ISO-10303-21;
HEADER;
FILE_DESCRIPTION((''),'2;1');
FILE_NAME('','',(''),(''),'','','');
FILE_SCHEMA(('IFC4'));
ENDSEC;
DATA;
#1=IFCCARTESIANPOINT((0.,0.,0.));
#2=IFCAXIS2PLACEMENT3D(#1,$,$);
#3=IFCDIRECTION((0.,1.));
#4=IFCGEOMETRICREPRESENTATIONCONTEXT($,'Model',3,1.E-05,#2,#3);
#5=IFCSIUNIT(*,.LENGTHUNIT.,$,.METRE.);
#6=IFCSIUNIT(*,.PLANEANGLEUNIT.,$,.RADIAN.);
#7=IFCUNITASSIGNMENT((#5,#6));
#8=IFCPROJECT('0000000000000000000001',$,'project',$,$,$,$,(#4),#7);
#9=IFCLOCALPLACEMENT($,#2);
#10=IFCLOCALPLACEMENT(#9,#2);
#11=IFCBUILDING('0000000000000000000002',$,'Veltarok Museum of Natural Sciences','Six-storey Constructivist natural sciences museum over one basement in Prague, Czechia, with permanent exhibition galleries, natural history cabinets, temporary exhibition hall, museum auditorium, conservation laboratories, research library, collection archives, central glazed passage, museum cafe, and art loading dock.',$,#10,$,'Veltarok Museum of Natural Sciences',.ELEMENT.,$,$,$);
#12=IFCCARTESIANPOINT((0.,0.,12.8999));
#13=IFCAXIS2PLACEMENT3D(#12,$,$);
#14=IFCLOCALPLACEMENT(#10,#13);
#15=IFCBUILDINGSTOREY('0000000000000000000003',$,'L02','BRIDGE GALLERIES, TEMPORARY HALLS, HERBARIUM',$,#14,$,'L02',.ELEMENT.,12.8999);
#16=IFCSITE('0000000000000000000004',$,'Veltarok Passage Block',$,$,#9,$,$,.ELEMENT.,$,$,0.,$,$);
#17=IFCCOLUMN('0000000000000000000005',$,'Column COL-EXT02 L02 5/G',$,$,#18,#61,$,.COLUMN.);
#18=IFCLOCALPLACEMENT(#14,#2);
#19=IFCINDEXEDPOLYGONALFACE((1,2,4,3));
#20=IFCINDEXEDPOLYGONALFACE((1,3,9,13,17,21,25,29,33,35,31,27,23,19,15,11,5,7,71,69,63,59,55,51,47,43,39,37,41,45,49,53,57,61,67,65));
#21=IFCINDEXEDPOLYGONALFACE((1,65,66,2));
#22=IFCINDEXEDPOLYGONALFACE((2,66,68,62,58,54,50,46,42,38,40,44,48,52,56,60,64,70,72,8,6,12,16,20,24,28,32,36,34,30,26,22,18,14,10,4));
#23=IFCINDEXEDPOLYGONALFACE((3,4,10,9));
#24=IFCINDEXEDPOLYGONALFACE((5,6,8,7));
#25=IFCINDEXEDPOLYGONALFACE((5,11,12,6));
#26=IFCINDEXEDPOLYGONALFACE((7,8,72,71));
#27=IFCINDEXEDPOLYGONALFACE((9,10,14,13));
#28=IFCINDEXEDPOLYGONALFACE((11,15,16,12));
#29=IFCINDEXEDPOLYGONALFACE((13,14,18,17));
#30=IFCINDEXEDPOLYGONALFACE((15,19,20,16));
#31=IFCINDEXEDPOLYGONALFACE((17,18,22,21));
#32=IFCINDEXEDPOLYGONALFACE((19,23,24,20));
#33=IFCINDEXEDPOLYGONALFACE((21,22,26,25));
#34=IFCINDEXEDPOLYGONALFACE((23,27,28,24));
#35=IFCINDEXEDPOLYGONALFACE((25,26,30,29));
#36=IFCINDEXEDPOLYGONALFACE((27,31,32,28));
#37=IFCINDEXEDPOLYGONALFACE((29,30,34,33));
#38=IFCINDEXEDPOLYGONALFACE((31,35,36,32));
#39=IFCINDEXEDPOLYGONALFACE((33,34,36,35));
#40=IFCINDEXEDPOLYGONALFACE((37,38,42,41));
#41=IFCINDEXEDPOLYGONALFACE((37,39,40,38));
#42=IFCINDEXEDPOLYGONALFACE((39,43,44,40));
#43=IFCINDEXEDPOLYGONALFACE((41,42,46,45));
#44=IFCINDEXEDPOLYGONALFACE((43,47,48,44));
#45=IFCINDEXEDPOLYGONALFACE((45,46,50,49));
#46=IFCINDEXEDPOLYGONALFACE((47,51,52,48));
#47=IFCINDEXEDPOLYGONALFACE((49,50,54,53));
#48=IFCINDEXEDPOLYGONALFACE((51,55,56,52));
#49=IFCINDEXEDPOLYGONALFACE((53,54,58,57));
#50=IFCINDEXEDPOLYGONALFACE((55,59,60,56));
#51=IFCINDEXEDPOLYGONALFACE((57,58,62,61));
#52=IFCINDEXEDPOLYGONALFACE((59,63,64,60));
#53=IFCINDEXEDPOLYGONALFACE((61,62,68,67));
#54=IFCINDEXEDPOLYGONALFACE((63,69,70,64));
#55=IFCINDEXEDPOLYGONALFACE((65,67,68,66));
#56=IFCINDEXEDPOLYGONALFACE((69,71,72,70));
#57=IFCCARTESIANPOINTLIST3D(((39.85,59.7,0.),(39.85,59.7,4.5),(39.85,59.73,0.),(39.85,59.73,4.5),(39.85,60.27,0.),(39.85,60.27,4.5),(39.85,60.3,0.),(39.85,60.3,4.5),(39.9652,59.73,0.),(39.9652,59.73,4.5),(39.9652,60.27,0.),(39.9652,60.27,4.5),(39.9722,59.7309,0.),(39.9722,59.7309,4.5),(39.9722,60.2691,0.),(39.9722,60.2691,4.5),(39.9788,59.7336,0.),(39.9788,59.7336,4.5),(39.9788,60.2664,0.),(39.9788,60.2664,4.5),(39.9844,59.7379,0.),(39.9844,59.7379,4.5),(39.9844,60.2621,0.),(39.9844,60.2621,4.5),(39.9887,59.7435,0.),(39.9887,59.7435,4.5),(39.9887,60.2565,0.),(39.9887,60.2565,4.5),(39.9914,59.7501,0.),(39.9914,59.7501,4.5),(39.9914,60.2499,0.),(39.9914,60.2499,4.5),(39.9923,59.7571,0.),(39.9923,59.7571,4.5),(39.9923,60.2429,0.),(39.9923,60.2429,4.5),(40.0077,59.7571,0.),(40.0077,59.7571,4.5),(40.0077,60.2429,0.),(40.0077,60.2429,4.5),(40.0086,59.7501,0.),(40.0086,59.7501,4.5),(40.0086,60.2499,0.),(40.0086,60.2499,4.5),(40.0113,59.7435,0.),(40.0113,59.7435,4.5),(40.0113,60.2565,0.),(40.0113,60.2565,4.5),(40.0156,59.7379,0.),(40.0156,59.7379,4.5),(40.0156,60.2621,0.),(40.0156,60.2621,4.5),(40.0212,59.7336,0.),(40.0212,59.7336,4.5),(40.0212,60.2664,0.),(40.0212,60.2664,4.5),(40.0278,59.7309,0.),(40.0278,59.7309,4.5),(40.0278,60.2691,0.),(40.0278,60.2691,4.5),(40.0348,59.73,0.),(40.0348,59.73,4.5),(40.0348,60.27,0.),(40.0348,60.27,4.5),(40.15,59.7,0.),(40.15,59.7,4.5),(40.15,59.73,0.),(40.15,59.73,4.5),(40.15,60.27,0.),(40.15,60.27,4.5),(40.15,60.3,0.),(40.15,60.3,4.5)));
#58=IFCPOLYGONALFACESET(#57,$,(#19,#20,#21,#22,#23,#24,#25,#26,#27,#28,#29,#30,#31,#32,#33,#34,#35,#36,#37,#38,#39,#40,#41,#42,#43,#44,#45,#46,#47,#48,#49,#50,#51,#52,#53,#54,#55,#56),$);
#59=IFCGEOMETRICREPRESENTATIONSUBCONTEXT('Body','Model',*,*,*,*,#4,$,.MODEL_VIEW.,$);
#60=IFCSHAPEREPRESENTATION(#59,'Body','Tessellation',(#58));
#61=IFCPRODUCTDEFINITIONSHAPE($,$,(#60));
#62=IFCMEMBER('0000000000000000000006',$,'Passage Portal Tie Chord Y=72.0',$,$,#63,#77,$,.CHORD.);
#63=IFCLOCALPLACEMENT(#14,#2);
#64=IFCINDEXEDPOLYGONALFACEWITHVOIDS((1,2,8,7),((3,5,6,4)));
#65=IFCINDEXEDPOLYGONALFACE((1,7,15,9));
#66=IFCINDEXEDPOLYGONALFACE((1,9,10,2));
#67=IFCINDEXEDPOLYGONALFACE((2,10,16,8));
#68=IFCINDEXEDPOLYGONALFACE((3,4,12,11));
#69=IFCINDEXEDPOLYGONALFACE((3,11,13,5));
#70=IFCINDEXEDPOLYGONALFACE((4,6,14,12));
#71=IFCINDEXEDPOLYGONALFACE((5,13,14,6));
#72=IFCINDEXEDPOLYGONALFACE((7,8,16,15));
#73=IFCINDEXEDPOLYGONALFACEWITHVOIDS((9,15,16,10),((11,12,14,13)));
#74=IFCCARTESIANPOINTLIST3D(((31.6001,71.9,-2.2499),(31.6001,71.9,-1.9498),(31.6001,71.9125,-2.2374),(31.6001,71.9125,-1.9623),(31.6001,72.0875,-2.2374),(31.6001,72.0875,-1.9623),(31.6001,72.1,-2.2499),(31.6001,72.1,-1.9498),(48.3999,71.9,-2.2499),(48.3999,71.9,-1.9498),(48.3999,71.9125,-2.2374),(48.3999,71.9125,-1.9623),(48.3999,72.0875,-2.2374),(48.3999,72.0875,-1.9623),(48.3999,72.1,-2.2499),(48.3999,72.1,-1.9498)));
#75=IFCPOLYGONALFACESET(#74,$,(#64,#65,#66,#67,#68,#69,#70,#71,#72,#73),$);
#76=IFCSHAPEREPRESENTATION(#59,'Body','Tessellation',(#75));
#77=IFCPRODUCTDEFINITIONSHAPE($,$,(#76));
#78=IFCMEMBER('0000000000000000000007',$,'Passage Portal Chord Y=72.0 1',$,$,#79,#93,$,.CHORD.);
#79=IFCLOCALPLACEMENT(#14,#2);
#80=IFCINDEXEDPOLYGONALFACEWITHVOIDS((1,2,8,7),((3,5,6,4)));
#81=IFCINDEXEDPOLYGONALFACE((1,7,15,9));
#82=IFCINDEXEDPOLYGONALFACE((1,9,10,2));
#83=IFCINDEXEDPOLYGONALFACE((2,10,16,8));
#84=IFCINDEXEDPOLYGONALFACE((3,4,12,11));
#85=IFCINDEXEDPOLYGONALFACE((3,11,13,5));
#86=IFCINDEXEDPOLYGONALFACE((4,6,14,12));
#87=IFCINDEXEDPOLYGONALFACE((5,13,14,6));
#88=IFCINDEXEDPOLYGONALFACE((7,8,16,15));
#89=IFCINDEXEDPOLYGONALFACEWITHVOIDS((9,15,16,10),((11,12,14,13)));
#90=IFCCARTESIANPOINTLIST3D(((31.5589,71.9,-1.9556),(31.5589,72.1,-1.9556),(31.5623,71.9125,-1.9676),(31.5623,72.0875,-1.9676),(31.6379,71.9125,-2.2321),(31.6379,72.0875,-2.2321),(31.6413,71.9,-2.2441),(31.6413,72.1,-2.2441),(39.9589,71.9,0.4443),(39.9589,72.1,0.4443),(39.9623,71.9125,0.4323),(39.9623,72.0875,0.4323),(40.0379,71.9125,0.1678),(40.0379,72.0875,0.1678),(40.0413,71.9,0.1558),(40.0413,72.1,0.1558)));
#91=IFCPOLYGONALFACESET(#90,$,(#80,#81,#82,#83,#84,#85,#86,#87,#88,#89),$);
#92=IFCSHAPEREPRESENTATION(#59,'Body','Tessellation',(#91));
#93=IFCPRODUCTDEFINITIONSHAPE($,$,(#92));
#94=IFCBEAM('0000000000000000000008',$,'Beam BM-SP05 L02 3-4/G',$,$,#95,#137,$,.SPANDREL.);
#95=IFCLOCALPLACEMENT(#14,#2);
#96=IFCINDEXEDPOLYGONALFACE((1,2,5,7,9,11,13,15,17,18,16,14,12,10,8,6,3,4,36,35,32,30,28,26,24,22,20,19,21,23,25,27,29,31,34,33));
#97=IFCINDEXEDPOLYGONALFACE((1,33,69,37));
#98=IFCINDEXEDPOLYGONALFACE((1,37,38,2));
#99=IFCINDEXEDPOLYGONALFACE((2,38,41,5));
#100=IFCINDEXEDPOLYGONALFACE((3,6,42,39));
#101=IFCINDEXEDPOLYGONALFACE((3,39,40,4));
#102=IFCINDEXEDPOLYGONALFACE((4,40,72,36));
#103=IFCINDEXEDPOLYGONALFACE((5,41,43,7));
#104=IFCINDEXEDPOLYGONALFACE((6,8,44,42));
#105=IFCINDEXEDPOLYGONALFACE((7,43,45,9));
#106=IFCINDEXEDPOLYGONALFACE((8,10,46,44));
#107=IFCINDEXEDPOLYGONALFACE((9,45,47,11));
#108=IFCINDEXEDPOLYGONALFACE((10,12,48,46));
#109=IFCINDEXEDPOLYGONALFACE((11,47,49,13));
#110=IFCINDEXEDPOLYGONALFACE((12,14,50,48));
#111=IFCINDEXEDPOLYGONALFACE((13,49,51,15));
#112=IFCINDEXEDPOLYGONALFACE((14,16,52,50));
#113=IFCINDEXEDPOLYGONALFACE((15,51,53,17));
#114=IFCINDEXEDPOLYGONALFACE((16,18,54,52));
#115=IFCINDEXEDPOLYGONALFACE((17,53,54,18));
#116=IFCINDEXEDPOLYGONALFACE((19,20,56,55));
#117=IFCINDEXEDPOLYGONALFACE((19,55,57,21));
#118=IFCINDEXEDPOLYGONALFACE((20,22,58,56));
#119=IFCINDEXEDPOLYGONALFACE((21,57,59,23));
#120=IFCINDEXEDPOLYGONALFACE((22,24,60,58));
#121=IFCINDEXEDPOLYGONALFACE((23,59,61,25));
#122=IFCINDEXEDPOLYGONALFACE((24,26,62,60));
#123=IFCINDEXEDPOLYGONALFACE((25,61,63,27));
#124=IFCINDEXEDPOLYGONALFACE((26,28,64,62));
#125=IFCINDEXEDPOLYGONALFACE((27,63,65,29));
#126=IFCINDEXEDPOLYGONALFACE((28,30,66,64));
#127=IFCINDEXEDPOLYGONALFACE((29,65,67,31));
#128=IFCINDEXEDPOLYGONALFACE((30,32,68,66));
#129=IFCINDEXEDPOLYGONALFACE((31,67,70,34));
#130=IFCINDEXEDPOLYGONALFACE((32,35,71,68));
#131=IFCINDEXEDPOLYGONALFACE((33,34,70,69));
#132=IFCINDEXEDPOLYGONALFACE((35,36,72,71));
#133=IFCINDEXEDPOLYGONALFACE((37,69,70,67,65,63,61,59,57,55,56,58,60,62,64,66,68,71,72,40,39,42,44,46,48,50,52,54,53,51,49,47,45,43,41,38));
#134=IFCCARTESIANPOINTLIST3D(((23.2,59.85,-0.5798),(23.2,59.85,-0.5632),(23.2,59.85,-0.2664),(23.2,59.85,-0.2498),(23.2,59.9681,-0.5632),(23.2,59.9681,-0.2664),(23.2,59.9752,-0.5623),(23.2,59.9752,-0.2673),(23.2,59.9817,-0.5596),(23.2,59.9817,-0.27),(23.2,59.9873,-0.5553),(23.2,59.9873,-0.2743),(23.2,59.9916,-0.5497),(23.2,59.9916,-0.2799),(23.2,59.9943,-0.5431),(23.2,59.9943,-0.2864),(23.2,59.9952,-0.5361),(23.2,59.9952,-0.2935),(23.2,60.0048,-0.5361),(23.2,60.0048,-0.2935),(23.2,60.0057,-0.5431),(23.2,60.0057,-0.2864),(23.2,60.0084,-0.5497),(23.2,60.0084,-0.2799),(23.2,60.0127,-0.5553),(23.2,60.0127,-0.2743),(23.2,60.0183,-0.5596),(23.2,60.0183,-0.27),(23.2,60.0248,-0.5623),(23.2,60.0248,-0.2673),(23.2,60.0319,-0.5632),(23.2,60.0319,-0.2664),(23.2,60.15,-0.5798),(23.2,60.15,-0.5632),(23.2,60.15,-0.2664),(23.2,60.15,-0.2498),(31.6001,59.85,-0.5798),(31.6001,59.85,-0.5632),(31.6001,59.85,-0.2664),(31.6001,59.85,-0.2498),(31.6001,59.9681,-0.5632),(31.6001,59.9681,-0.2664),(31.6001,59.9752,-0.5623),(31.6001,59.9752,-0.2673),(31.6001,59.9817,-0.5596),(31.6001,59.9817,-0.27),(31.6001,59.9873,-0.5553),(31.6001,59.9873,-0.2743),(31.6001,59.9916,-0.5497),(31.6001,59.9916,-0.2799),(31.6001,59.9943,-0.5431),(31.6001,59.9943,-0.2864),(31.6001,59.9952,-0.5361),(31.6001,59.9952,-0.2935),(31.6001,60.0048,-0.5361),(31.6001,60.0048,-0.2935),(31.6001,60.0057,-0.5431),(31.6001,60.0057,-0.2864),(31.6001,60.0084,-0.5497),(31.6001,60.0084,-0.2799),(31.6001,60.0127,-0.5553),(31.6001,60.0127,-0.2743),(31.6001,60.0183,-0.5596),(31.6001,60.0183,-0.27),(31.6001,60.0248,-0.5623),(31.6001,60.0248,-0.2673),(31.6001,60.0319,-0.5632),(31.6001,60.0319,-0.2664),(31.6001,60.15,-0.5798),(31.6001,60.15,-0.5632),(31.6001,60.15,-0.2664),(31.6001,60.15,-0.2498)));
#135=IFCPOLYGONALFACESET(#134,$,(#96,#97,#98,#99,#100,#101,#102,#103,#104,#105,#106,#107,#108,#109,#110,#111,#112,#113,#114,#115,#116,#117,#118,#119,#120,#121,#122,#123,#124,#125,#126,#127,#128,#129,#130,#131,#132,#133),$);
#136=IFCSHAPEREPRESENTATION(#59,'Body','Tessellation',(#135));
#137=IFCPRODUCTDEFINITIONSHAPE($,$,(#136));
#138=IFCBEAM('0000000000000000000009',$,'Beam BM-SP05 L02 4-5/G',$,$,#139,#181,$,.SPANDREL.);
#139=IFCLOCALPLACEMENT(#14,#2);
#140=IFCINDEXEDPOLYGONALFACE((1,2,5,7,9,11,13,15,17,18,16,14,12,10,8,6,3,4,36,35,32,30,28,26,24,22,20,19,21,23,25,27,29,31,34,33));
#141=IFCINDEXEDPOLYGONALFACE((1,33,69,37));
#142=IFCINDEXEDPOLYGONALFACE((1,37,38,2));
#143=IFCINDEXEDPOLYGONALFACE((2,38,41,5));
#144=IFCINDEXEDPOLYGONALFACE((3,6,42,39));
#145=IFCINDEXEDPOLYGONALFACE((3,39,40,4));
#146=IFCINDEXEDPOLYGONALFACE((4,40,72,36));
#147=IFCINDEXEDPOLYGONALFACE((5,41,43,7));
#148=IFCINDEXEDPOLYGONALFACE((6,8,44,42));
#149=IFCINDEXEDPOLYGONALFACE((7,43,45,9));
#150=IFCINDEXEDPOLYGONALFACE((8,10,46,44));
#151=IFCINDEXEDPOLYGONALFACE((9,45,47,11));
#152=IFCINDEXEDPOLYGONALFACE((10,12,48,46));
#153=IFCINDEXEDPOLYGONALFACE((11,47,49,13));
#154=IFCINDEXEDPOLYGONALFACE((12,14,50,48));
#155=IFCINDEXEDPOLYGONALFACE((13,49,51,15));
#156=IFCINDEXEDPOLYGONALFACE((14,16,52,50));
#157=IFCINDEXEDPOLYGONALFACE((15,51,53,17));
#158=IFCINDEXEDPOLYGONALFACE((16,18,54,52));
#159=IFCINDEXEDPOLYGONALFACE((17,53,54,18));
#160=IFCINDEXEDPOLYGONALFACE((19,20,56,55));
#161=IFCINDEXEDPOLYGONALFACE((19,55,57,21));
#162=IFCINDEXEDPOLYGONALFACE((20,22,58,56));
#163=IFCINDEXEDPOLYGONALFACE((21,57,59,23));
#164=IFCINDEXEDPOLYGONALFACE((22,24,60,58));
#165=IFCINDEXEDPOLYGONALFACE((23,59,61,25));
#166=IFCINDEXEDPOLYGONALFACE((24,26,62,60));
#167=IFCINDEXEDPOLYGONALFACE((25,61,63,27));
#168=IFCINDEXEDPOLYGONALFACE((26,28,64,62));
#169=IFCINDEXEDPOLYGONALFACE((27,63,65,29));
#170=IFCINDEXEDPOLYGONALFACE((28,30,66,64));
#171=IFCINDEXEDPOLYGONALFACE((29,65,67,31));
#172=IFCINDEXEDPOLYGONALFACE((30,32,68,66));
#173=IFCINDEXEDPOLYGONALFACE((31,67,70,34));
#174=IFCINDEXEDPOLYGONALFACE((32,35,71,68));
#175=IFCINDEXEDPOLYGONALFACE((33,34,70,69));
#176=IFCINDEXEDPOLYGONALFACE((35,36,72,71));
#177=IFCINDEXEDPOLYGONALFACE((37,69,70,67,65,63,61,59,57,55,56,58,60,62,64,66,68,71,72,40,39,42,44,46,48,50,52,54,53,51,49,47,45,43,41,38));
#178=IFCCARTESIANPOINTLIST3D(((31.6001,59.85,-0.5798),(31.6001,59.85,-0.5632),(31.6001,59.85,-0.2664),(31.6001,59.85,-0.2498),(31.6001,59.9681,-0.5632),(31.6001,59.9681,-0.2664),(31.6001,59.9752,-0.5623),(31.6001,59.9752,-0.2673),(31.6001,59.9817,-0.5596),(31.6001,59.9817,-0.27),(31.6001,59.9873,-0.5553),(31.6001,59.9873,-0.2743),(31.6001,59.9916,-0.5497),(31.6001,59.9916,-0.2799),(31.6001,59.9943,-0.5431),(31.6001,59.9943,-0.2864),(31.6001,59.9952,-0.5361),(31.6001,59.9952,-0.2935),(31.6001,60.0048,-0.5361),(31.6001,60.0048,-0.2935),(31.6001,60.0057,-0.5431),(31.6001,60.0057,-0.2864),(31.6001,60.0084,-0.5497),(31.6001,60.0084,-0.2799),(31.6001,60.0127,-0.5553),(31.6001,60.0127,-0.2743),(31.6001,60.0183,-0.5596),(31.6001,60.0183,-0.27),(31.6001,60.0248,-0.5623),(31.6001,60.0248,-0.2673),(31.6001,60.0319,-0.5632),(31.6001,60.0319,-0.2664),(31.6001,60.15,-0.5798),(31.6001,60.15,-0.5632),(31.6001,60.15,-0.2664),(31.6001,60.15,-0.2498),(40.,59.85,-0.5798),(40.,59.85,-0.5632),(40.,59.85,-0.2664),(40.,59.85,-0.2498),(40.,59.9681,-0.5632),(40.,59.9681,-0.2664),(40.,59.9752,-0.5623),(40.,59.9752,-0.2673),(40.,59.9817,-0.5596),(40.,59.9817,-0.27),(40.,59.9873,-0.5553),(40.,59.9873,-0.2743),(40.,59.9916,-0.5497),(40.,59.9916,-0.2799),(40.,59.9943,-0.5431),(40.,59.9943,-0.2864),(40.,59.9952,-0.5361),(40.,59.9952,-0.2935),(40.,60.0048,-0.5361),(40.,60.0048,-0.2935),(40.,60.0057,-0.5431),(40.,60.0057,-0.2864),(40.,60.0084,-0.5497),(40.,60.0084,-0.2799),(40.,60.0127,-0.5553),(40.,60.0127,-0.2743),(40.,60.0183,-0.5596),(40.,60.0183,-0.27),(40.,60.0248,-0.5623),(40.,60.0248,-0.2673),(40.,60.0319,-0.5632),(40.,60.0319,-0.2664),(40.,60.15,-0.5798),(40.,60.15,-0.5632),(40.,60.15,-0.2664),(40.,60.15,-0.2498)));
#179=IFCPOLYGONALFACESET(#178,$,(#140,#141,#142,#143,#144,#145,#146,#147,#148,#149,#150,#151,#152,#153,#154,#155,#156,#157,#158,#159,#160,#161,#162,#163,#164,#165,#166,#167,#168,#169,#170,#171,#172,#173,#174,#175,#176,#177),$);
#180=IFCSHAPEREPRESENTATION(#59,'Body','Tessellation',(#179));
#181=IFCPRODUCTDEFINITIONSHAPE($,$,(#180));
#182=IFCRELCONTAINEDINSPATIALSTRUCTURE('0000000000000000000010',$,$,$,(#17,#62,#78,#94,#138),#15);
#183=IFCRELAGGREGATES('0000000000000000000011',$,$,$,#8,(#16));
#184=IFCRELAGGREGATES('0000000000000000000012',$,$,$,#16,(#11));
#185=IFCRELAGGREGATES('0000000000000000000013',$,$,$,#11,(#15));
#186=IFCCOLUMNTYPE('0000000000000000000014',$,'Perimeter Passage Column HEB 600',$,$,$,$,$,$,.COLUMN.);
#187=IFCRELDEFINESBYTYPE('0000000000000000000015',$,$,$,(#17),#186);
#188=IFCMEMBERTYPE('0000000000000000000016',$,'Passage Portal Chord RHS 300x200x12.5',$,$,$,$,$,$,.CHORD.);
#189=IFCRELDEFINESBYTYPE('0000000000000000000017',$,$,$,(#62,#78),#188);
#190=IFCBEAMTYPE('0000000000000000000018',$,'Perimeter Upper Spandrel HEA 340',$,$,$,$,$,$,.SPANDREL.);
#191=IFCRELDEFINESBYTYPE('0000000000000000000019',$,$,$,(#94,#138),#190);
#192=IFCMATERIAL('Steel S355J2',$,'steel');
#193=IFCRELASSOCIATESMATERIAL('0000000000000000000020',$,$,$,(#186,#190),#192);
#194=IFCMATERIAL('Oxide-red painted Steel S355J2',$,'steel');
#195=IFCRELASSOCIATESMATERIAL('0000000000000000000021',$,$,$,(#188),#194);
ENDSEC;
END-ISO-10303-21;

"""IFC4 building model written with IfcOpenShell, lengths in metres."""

from ifc_helpers import new_model, si_unit, direction, frame, origin, origin_2d, place, context, subcontext, project, spatial, hollow_rectangle, i_section, extrude, material, material_profile, profile_set, type_object, element, save


model = new_model("IFC4")

# Units and contexts
model_context = context("Model", 3, precision=1e-05, world=origin(), true_north=direction((0.0, 1.0)))
body_context = subcontext(model_context, "Body", "Model", "MODEL_VIEW")
ifc_project = project(units=[si_unit("LENGTHUNIT", "METRE"), si_unit("PLANEANGLEUNIT", "RADIAN")], contexts=[model_context])

# Site, building, storey
site_placement = place(None, origin())
site = spatial("IfcSite", under=ifc_project, at=site_placement, Name="Veltarok Passage Block", CompositionType="ELEMENT", RefElevation=0.0)
building_placement = place(site_placement, origin())
building = spatial("IfcBuilding", under=site, at=building_placement, Name="Veltarok Museum of Natural Sciences", Description="Six-storey Constructivist natural sciences museum over one basement in Prague, Czechia, with permanent exhibition galleries, natural history cabinets, temporary exhibition hall, museum auditorium, conservation laboratories, research library, collection archives, central glazed passage, museum cafe, and art loading dock.", LongName="Veltarok Museum of Natural Sciences", CompositionType="ELEMENT")
storey_placement = place(building_placement, frame((0.0, 0.0, 12.8999)))
storey = spatial("IfcBuildingStorey", under=building, at=storey_placement, Name="L02", Description="BRIDGE GALLERIES, TEMPORARY HALLS, HERBARIUM", LongName="L02", CompositionType="ELEMENT", Elevation=12.8999)

# Column
ifc_material_1 = material(Name="Steel S355J2", Category="steel")
ifc_material_profile_1 = material_profile(ifc_material_1, i_section(OverallWidth=0.3, OverallDepth=0.6001, WebThickness=0.0154, FlangeThickness=0.03, FilletRadius=0.0271, at=origin_2d()), Name="HEB 600")
ifc_profile_set_1 = profile_set([ifc_material_profile_1], Name="Steel S355J2")
column_type = type_object("IfcColumnType", Name="Perimeter Passage Column HEB 600", PredefinedType="COLUMN", material=ifc_profile_set_1)
column_placement = place(storey_placement, frame((40.0, 60.0, 0.0), z_axis=(0.0, 0.0, 1.0), x_axis=(1.0, 0.0, 0.0)))
element("IfcColumn", 1, at=column_placement, inside=storey, type_object=column_type, Name="Column COL-EXT02 L02 5/G", PredefinedType="COLUMN", context=body_context, shape_type="SweptSolid", body=[
    extrude(i_section(OverallWidth=0.3, OverallDepth=0.6001, WebThickness=0.0154, FlangeThickness=0.03, FilletRadius=0.0271, at=origin_2d()), origin(), (0.0, 0.0, 1.0), 4.5),
])

# Members
ifc_material_2 = material(Name="Oxide-red painted Steel S355J2", Category="steel")
ifc_material_profile_2 = material_profile(ifc_material_2, hollow_rectangle(XDim=0.2, YDim=0.3, WallThickness=0.0125, at=origin_2d()), Name="RHS 300x200x12.5")
ifc_profile_set_2 = profile_set([ifc_material_profile_2], Name="Oxide-red painted Steel S355J2")
member_type_1 = type_object("IfcMemberType", Name="Passage Portal Chord RHS 300x200x12.5", PredefinedType="CHORD", material=ifc_profile_set_2)
member_1_placement = place(storey_placement, frame((31.6001, 72.0, -2.0999), z_axis=(1.0, 0.0, 0.0), x_axis=(0.0, 1.0, 0.0)))
element("IfcMember", 2, at=member_1_placement, inside=storey, type_object=member_type_1, Name="Passage Portal Tie Chord Y=72.0", PredefinedType="CHORD", context=body_context, shape_type="SweptSolid", body=[
    extrude(hollow_rectangle(XDim=0.2, YDim=0.3, WallThickness=0.0125, at=origin_2d()), origin(), (0.0, 0.0, 1.0), 16.7998),
])
member_2_placement = place(storey_placement, frame((31.6001, 72.0, -2.0999), z_axis=(0.961526, 0.0, 0.274714), x_axis=(0.0, 1.0, 0.0)))
element("IfcMember", 3, at=member_2_placement, inside=storey, type_object=member_type_1, Name="Passage Portal Chord Y=72.0 1", PredefinedType="CHORD", context=body_context, shape_type="SweptSolid", body=[
    extrude(hollow_rectangle(XDim=0.2, YDim=0.3, WallThickness=0.0125, at=origin_2d()), origin(), (0.0, 0.0, 1.0), 8.7361),
])

# Beams
ifc_material_profile_3 = material_profile(ifc_material_1, i_section(OverallWidth=0.3, OverallDepth=0.3301, WebThickness=0.0095, FlangeThickness=0.0166, FilletRadius=0.0271, at=origin_2d()), Name="HEA 340")
ifc_profile_set_3 = profile_set([ifc_material_profile_3], Name="Steel S355J2")
beam_type_1 = type_object("IfcBeamType", Name="Perimeter Upper Spandrel HEA 340", PredefinedType="SPANDREL", material=ifc_profile_set_3)
beam_1_placement = place(storey_placement, frame((23.2, 60.0, -0.4148), z_axis=(1.0, 0.0, 0.0), x_axis=(0.0, 1.0, 0.0)))
element("IfcBeam", 4, at=beam_1_placement, inside=storey, type_object=beam_type_1, Name="Beam BM-SP05 L02 3-4/G", PredefinedType="SPANDREL", context=body_context, shape_type="SweptSolid", body=[
    extrude(i_section(OverallWidth=0.3, OverallDepth=0.3301, WebThickness=0.0095, FlangeThickness=0.0166, FilletRadius=0.0271, at=origin_2d()), origin(), (0.0, 0.0, 1.0), 8.4001),
])
for number, where, z_axis, x_axis, name in (
    (5, (31.6001, 60.0, -0.4148), (1.0, 0.0, 0.0), (0.0, 1.0, 0.0), "Beam BM-SP05 L02 4-5/G"),
):
    element("IfcBeam", number, at=place(storey_placement, frame(where, z_axis=z_axis, x_axis=x_axis)), inside=storey, type_object=beam_type_1, Name=name, PredefinedType="SPANDREL", context=body_context, shape_type="SweptSolid", body=[
        extrude(i_section(OverallWidth=0.3, OverallDepth=0.3301, WebThickness=0.0095, FlangeThickness=0.0166, FilletRadius=0.0271, at=origin_2d()), origin(), (0.0, 0.0, 1.0), 8.3999),
    ])

save(model, "model.ifc")
